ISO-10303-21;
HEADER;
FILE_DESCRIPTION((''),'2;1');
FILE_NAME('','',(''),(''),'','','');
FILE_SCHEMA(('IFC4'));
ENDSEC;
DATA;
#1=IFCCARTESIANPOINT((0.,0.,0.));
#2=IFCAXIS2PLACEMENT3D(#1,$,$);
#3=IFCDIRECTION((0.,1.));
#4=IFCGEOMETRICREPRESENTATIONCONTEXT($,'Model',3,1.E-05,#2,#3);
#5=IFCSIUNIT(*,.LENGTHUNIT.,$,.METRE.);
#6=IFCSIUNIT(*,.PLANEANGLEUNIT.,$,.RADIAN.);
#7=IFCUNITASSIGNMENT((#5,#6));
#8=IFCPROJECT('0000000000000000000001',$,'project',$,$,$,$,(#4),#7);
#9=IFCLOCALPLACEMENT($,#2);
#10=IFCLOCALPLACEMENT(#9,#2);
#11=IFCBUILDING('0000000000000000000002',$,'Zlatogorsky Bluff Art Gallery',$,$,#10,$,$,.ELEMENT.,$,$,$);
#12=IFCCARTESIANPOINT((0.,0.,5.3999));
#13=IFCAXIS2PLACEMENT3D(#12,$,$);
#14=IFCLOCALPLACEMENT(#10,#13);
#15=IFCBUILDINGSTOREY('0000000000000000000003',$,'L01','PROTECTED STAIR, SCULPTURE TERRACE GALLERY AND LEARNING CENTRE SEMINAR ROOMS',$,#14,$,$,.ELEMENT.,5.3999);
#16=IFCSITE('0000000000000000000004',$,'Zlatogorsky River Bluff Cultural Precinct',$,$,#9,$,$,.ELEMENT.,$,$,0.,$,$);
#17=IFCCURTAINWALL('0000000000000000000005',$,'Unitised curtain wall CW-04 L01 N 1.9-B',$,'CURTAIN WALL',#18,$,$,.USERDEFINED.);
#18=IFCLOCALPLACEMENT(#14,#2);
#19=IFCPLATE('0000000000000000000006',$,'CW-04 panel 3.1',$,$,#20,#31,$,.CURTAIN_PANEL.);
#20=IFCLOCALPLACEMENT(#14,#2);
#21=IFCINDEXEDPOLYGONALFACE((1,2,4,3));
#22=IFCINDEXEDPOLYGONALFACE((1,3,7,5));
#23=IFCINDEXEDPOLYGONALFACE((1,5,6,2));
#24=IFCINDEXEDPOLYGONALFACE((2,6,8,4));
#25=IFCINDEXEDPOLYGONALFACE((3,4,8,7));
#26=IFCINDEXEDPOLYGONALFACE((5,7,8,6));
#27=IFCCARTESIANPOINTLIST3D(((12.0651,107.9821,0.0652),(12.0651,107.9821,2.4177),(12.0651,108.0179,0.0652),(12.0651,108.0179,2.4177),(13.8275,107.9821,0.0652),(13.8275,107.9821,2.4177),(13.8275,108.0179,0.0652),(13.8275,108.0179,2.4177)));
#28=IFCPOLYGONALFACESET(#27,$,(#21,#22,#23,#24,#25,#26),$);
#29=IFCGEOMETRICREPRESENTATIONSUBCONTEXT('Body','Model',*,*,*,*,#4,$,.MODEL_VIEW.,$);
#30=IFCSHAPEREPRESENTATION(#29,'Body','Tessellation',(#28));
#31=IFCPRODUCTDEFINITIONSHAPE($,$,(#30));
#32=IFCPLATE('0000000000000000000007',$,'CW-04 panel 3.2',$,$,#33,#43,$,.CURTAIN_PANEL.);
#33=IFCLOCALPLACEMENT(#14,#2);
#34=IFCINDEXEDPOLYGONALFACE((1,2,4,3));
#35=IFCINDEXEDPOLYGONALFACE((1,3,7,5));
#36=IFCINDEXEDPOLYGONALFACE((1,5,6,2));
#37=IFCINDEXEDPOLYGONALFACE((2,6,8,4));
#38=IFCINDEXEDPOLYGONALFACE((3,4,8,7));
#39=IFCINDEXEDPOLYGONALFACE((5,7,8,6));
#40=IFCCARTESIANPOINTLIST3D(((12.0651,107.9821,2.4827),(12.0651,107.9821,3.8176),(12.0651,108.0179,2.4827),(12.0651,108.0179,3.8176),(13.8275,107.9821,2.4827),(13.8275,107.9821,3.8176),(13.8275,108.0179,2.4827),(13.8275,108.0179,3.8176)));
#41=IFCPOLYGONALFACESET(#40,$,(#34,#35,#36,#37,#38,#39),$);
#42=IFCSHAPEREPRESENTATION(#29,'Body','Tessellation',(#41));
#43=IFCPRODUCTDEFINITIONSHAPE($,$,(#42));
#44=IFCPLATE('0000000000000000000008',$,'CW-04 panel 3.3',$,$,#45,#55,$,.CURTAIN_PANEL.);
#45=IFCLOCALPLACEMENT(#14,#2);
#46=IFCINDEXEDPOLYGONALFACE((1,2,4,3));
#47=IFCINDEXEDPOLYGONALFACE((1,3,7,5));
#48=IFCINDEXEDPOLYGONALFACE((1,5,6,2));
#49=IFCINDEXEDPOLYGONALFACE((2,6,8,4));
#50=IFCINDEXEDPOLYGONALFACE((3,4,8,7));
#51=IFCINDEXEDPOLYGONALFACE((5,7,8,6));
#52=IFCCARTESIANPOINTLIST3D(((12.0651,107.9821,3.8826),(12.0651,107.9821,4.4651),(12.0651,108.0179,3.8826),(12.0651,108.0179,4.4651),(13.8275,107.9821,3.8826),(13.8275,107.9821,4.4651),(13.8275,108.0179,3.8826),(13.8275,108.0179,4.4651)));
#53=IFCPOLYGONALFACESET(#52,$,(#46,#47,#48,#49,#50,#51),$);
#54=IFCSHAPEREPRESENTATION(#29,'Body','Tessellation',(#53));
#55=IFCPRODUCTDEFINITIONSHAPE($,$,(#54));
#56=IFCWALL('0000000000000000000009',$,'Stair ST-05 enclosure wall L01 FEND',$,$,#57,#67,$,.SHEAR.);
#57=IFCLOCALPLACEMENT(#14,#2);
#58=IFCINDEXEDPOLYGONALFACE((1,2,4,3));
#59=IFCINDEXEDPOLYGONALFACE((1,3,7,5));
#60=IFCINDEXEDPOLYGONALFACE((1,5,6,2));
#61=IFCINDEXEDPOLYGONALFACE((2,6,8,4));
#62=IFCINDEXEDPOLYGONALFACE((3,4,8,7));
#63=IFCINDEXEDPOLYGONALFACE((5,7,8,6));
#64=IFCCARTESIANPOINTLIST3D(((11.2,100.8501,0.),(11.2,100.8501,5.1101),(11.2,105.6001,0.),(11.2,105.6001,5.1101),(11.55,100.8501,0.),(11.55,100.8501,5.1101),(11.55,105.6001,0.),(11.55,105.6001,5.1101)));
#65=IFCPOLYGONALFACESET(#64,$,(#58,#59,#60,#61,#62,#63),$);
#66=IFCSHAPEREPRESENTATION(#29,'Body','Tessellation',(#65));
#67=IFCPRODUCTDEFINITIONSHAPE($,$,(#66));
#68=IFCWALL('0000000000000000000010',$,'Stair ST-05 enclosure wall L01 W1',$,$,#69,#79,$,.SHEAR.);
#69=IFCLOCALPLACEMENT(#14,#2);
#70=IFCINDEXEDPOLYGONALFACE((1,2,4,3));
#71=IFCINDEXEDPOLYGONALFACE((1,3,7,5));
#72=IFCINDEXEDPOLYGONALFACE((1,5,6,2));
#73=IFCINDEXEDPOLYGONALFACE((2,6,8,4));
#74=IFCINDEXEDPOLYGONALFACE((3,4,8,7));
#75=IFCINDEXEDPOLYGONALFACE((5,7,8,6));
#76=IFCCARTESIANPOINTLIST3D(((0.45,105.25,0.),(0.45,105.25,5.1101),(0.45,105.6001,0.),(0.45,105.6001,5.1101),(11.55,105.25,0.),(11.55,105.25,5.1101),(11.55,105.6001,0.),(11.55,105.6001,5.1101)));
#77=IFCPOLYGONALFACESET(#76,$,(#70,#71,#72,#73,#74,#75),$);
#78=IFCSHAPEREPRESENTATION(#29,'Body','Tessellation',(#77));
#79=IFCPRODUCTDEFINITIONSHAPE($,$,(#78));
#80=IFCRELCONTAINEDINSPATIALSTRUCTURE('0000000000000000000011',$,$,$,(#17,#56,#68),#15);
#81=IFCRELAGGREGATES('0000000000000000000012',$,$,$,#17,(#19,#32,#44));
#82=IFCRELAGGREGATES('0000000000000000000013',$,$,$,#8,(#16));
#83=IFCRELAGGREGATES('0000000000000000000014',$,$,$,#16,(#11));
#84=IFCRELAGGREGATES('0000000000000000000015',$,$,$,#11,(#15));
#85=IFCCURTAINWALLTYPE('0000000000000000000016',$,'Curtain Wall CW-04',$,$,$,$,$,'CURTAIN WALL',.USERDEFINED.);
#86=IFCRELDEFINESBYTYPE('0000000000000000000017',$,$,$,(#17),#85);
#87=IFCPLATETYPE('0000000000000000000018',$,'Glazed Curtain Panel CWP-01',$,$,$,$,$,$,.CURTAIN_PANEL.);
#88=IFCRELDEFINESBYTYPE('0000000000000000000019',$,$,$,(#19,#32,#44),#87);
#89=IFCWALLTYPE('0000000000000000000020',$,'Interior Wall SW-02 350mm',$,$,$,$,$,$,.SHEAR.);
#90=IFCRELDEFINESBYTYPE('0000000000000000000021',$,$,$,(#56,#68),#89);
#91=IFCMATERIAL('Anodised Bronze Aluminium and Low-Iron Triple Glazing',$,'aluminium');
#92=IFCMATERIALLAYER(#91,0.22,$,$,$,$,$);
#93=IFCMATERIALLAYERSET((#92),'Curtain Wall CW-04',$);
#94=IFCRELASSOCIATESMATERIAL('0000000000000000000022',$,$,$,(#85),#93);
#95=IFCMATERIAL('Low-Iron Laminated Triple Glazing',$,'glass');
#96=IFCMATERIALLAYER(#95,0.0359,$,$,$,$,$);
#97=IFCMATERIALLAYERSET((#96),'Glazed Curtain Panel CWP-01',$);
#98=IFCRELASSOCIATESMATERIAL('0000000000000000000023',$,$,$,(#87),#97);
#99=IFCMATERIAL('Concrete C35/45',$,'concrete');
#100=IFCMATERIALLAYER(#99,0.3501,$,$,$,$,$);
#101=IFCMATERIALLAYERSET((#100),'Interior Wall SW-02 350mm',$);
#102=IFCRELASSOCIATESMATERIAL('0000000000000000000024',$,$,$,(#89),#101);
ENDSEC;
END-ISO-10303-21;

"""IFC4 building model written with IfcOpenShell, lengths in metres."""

from ifc_helpers import new_model, si_unit, direction, frame, frame_2d, origin, origin_2d, place, context, subcontext, project, spatial, rectangle, extrude, material, layer, layer_set, type_object, element, aggregate, save


model = new_model("IFC4")

# Units and contexts
model_context = context("Model", 3, precision=1e-05, world=origin(), true_north=direction((0.0, 1.0)))
body_context = subcontext(model_context, "Body", "Model", "MODEL_VIEW")
ifc_project = project(units=[si_unit("LENGTHUNIT", "METRE"), si_unit("PLANEANGLEUNIT", "RADIAN")], contexts=[model_context])

# Site, building, storey
site_placement = place(None, origin())
site = spatial("IfcSite", under=ifc_project, at=site_placement, Name="Zlatogorsky River Bluff Cultural Precinct", CompositionType="ELEMENT", RefElevation=0.0)
building_placement = place(site_placement, origin())
building = spatial("IfcBuilding", under=site, at=building_placement, Name="Zlatogorsky Bluff Art Gallery", CompositionType="ELEMENT")
storey_placement = place(building_placement, frame((0.0, 0.0, 5.3999)))
storey = spatial("IfcBuildingStorey", under=building, at=storey_placement, Name="L01", Description="PROTECTED STAIR, SCULPTURE TERRACE GALLERY AND LEARNING CENTRE SEMINAR ROOMS", CompositionType="ELEMENT", Elevation=5.3999)

# Shared definitions
ifc_material_1 = material(Name="Anodised Bronze Aluminium and Low-Iron Triple Glazing", Category="aluminium")

# Curtain wall
ifc_layer_1 = layer(ifc_material_1, 0.22)
ifc_layer_set_1 = layer_set([ifc_layer_1], Name="Curtain Wall CW-04")
curtain_wall_type_1 = type_object("IfcCurtainWallType", Name="Curtain Wall CW-04", ElementType="CURTAIN WALL", PredefinedType="USERDEFINED", material=ifc_layer_set_1)
curtain_wall_1_placement = place(storey_placement, origin())
curtain_wall_1 = element("IfcCurtainWall", 1, at=curtain_wall_1_placement, inside=storey, type_object=curtain_wall_type_1, Name="Unitised curtain wall CW-04 L01 N 1.9-B", ObjectType="CURTAIN WALL", PredefinedType="USERDEFINED")

# Plates
ifc_material_2 = material(Name="Low-Iron Laminated Triple Glazing", Category="glass")
ifc_layer_2 = layer(ifc_material_2, 0.0359)
ifc_layer_set_2 = layer_set([ifc_layer_2], Name="Glazed Curtain Panel CWP-01")
plate_type = type_object("IfcPlateType", Name="Glazed Curtain Panel CWP-01", PredefinedType="CURTAIN_PANEL", material=ifc_layer_set_2)
plate_1_placement = place(storey_placement, frame((12.9463, 108.0, 0.0652), z_axis=(0.0, 0.0, 1.0), x_axis=(-1.0, 0.0, 0.0)))
plate_1 = element("IfcPlate", 2, at=plate_1_placement, type_object=plate_type, Name="CW-04 panel 3.1", PredefinedType="CURTAIN_PANEL", context=body_context, shape_type="SweptSolid", body=[
    extrude(rectangle(XDim=1.7625, YDim=0.0359, at=origin_2d()), origin(), (0.0, 0.0, 1.0), 2.3525),
])
plate_2_placement = place(storey_placement, frame((12.9463, 108.0, 2.4827), z_axis=(0.0, 0.0, 1.0), x_axis=(-1.0, 0.0, 0.0)))
plate_2 = element("IfcPlate", 3, at=plate_2_placement, type_object=plate_type, Name="CW-04 panel 3.2", PredefinedType="CURTAIN_PANEL", context=body_context, shape_type="SweptSolid", body=[
    extrude(rectangle(XDim=1.7625, YDim=0.0359, at=origin_2d()), origin(), (0.0, 0.0, 1.0), 1.335),
])
plate_3_placement = place(storey_placement, frame((12.9463, 108.0, 3.8826), z_axis=(0.0, 0.0, 1.0), x_axis=(-1.0, 0.0, 0.0)))
plate_3 = element("IfcPlate", 4, at=plate_3_placement, type_object=plate_type, Name="CW-04 panel 3.3", PredefinedType="CURTAIN_PANEL", context=body_context, shape_type="SweptSolid", body=[
    extrude(rectangle(XDim=1.7625, YDim=0.0359, at=origin_2d()), origin(), (0.0, 0.0, 1.0), 0.5825),
])
aggregate(curtain_wall_1, [plate_1, plate_2, plate_3])

# Walls
ifc_material_3 = material(Name="Concrete C35/45", Category="concrete")
ifc_layer_3 = layer(ifc_material_3, 0.3501)
ifc_layer_set_3 = layer_set([ifc_layer_3], Name="Interior Wall SW-02 350mm")
wall_type = type_object("IfcWallType", Name="Interior Wall SW-02 350mm", PredefinedType="SHEAR", material=ifc_layer_set_3)
wall_1_placement = place(storey_placement, frame((11.375, 100.8501, 0.0), z_axis=(0.0, 0.0, 1.0), x_axis=(0.0, 1.0, 0.0)))
element("IfcWall", 5, at=wall_1_placement, inside=storey, type_object=wall_type, Name="Stair ST-05 enclosure wall L01 FEND", PredefinedType="SHEAR", context=body_context, shape_type="SweptSolid", body=[
    extrude(rectangle(XDim=4.75, YDim=0.3501, at=frame_2d((2.375, 0.0))), origin(), (0.0, 0.0, 1.0), 5.1101),
])
wall_2_placement = place(storey_placement, frame((11.55, 105.425, 0.0), z_axis=(0.0, 0.0, 1.0), x_axis=(-1.0, 0.0, 0.0)))
element("IfcWall", 6, at=wall_2_placement, inside=storey, type_object=wall_type, Name="Stair ST-05 enclosure wall L01 W1", PredefinedType="SHEAR", context=body_context, shape_type="SweptSolid", body=[
    extrude(rectangle(XDim=11.1001, YDim=0.3501, at=frame_2d((5.55, 0.0))), origin(), (0.0, 0.0, 1.0), 5.1101),
])

save(model, "model.ifc")
